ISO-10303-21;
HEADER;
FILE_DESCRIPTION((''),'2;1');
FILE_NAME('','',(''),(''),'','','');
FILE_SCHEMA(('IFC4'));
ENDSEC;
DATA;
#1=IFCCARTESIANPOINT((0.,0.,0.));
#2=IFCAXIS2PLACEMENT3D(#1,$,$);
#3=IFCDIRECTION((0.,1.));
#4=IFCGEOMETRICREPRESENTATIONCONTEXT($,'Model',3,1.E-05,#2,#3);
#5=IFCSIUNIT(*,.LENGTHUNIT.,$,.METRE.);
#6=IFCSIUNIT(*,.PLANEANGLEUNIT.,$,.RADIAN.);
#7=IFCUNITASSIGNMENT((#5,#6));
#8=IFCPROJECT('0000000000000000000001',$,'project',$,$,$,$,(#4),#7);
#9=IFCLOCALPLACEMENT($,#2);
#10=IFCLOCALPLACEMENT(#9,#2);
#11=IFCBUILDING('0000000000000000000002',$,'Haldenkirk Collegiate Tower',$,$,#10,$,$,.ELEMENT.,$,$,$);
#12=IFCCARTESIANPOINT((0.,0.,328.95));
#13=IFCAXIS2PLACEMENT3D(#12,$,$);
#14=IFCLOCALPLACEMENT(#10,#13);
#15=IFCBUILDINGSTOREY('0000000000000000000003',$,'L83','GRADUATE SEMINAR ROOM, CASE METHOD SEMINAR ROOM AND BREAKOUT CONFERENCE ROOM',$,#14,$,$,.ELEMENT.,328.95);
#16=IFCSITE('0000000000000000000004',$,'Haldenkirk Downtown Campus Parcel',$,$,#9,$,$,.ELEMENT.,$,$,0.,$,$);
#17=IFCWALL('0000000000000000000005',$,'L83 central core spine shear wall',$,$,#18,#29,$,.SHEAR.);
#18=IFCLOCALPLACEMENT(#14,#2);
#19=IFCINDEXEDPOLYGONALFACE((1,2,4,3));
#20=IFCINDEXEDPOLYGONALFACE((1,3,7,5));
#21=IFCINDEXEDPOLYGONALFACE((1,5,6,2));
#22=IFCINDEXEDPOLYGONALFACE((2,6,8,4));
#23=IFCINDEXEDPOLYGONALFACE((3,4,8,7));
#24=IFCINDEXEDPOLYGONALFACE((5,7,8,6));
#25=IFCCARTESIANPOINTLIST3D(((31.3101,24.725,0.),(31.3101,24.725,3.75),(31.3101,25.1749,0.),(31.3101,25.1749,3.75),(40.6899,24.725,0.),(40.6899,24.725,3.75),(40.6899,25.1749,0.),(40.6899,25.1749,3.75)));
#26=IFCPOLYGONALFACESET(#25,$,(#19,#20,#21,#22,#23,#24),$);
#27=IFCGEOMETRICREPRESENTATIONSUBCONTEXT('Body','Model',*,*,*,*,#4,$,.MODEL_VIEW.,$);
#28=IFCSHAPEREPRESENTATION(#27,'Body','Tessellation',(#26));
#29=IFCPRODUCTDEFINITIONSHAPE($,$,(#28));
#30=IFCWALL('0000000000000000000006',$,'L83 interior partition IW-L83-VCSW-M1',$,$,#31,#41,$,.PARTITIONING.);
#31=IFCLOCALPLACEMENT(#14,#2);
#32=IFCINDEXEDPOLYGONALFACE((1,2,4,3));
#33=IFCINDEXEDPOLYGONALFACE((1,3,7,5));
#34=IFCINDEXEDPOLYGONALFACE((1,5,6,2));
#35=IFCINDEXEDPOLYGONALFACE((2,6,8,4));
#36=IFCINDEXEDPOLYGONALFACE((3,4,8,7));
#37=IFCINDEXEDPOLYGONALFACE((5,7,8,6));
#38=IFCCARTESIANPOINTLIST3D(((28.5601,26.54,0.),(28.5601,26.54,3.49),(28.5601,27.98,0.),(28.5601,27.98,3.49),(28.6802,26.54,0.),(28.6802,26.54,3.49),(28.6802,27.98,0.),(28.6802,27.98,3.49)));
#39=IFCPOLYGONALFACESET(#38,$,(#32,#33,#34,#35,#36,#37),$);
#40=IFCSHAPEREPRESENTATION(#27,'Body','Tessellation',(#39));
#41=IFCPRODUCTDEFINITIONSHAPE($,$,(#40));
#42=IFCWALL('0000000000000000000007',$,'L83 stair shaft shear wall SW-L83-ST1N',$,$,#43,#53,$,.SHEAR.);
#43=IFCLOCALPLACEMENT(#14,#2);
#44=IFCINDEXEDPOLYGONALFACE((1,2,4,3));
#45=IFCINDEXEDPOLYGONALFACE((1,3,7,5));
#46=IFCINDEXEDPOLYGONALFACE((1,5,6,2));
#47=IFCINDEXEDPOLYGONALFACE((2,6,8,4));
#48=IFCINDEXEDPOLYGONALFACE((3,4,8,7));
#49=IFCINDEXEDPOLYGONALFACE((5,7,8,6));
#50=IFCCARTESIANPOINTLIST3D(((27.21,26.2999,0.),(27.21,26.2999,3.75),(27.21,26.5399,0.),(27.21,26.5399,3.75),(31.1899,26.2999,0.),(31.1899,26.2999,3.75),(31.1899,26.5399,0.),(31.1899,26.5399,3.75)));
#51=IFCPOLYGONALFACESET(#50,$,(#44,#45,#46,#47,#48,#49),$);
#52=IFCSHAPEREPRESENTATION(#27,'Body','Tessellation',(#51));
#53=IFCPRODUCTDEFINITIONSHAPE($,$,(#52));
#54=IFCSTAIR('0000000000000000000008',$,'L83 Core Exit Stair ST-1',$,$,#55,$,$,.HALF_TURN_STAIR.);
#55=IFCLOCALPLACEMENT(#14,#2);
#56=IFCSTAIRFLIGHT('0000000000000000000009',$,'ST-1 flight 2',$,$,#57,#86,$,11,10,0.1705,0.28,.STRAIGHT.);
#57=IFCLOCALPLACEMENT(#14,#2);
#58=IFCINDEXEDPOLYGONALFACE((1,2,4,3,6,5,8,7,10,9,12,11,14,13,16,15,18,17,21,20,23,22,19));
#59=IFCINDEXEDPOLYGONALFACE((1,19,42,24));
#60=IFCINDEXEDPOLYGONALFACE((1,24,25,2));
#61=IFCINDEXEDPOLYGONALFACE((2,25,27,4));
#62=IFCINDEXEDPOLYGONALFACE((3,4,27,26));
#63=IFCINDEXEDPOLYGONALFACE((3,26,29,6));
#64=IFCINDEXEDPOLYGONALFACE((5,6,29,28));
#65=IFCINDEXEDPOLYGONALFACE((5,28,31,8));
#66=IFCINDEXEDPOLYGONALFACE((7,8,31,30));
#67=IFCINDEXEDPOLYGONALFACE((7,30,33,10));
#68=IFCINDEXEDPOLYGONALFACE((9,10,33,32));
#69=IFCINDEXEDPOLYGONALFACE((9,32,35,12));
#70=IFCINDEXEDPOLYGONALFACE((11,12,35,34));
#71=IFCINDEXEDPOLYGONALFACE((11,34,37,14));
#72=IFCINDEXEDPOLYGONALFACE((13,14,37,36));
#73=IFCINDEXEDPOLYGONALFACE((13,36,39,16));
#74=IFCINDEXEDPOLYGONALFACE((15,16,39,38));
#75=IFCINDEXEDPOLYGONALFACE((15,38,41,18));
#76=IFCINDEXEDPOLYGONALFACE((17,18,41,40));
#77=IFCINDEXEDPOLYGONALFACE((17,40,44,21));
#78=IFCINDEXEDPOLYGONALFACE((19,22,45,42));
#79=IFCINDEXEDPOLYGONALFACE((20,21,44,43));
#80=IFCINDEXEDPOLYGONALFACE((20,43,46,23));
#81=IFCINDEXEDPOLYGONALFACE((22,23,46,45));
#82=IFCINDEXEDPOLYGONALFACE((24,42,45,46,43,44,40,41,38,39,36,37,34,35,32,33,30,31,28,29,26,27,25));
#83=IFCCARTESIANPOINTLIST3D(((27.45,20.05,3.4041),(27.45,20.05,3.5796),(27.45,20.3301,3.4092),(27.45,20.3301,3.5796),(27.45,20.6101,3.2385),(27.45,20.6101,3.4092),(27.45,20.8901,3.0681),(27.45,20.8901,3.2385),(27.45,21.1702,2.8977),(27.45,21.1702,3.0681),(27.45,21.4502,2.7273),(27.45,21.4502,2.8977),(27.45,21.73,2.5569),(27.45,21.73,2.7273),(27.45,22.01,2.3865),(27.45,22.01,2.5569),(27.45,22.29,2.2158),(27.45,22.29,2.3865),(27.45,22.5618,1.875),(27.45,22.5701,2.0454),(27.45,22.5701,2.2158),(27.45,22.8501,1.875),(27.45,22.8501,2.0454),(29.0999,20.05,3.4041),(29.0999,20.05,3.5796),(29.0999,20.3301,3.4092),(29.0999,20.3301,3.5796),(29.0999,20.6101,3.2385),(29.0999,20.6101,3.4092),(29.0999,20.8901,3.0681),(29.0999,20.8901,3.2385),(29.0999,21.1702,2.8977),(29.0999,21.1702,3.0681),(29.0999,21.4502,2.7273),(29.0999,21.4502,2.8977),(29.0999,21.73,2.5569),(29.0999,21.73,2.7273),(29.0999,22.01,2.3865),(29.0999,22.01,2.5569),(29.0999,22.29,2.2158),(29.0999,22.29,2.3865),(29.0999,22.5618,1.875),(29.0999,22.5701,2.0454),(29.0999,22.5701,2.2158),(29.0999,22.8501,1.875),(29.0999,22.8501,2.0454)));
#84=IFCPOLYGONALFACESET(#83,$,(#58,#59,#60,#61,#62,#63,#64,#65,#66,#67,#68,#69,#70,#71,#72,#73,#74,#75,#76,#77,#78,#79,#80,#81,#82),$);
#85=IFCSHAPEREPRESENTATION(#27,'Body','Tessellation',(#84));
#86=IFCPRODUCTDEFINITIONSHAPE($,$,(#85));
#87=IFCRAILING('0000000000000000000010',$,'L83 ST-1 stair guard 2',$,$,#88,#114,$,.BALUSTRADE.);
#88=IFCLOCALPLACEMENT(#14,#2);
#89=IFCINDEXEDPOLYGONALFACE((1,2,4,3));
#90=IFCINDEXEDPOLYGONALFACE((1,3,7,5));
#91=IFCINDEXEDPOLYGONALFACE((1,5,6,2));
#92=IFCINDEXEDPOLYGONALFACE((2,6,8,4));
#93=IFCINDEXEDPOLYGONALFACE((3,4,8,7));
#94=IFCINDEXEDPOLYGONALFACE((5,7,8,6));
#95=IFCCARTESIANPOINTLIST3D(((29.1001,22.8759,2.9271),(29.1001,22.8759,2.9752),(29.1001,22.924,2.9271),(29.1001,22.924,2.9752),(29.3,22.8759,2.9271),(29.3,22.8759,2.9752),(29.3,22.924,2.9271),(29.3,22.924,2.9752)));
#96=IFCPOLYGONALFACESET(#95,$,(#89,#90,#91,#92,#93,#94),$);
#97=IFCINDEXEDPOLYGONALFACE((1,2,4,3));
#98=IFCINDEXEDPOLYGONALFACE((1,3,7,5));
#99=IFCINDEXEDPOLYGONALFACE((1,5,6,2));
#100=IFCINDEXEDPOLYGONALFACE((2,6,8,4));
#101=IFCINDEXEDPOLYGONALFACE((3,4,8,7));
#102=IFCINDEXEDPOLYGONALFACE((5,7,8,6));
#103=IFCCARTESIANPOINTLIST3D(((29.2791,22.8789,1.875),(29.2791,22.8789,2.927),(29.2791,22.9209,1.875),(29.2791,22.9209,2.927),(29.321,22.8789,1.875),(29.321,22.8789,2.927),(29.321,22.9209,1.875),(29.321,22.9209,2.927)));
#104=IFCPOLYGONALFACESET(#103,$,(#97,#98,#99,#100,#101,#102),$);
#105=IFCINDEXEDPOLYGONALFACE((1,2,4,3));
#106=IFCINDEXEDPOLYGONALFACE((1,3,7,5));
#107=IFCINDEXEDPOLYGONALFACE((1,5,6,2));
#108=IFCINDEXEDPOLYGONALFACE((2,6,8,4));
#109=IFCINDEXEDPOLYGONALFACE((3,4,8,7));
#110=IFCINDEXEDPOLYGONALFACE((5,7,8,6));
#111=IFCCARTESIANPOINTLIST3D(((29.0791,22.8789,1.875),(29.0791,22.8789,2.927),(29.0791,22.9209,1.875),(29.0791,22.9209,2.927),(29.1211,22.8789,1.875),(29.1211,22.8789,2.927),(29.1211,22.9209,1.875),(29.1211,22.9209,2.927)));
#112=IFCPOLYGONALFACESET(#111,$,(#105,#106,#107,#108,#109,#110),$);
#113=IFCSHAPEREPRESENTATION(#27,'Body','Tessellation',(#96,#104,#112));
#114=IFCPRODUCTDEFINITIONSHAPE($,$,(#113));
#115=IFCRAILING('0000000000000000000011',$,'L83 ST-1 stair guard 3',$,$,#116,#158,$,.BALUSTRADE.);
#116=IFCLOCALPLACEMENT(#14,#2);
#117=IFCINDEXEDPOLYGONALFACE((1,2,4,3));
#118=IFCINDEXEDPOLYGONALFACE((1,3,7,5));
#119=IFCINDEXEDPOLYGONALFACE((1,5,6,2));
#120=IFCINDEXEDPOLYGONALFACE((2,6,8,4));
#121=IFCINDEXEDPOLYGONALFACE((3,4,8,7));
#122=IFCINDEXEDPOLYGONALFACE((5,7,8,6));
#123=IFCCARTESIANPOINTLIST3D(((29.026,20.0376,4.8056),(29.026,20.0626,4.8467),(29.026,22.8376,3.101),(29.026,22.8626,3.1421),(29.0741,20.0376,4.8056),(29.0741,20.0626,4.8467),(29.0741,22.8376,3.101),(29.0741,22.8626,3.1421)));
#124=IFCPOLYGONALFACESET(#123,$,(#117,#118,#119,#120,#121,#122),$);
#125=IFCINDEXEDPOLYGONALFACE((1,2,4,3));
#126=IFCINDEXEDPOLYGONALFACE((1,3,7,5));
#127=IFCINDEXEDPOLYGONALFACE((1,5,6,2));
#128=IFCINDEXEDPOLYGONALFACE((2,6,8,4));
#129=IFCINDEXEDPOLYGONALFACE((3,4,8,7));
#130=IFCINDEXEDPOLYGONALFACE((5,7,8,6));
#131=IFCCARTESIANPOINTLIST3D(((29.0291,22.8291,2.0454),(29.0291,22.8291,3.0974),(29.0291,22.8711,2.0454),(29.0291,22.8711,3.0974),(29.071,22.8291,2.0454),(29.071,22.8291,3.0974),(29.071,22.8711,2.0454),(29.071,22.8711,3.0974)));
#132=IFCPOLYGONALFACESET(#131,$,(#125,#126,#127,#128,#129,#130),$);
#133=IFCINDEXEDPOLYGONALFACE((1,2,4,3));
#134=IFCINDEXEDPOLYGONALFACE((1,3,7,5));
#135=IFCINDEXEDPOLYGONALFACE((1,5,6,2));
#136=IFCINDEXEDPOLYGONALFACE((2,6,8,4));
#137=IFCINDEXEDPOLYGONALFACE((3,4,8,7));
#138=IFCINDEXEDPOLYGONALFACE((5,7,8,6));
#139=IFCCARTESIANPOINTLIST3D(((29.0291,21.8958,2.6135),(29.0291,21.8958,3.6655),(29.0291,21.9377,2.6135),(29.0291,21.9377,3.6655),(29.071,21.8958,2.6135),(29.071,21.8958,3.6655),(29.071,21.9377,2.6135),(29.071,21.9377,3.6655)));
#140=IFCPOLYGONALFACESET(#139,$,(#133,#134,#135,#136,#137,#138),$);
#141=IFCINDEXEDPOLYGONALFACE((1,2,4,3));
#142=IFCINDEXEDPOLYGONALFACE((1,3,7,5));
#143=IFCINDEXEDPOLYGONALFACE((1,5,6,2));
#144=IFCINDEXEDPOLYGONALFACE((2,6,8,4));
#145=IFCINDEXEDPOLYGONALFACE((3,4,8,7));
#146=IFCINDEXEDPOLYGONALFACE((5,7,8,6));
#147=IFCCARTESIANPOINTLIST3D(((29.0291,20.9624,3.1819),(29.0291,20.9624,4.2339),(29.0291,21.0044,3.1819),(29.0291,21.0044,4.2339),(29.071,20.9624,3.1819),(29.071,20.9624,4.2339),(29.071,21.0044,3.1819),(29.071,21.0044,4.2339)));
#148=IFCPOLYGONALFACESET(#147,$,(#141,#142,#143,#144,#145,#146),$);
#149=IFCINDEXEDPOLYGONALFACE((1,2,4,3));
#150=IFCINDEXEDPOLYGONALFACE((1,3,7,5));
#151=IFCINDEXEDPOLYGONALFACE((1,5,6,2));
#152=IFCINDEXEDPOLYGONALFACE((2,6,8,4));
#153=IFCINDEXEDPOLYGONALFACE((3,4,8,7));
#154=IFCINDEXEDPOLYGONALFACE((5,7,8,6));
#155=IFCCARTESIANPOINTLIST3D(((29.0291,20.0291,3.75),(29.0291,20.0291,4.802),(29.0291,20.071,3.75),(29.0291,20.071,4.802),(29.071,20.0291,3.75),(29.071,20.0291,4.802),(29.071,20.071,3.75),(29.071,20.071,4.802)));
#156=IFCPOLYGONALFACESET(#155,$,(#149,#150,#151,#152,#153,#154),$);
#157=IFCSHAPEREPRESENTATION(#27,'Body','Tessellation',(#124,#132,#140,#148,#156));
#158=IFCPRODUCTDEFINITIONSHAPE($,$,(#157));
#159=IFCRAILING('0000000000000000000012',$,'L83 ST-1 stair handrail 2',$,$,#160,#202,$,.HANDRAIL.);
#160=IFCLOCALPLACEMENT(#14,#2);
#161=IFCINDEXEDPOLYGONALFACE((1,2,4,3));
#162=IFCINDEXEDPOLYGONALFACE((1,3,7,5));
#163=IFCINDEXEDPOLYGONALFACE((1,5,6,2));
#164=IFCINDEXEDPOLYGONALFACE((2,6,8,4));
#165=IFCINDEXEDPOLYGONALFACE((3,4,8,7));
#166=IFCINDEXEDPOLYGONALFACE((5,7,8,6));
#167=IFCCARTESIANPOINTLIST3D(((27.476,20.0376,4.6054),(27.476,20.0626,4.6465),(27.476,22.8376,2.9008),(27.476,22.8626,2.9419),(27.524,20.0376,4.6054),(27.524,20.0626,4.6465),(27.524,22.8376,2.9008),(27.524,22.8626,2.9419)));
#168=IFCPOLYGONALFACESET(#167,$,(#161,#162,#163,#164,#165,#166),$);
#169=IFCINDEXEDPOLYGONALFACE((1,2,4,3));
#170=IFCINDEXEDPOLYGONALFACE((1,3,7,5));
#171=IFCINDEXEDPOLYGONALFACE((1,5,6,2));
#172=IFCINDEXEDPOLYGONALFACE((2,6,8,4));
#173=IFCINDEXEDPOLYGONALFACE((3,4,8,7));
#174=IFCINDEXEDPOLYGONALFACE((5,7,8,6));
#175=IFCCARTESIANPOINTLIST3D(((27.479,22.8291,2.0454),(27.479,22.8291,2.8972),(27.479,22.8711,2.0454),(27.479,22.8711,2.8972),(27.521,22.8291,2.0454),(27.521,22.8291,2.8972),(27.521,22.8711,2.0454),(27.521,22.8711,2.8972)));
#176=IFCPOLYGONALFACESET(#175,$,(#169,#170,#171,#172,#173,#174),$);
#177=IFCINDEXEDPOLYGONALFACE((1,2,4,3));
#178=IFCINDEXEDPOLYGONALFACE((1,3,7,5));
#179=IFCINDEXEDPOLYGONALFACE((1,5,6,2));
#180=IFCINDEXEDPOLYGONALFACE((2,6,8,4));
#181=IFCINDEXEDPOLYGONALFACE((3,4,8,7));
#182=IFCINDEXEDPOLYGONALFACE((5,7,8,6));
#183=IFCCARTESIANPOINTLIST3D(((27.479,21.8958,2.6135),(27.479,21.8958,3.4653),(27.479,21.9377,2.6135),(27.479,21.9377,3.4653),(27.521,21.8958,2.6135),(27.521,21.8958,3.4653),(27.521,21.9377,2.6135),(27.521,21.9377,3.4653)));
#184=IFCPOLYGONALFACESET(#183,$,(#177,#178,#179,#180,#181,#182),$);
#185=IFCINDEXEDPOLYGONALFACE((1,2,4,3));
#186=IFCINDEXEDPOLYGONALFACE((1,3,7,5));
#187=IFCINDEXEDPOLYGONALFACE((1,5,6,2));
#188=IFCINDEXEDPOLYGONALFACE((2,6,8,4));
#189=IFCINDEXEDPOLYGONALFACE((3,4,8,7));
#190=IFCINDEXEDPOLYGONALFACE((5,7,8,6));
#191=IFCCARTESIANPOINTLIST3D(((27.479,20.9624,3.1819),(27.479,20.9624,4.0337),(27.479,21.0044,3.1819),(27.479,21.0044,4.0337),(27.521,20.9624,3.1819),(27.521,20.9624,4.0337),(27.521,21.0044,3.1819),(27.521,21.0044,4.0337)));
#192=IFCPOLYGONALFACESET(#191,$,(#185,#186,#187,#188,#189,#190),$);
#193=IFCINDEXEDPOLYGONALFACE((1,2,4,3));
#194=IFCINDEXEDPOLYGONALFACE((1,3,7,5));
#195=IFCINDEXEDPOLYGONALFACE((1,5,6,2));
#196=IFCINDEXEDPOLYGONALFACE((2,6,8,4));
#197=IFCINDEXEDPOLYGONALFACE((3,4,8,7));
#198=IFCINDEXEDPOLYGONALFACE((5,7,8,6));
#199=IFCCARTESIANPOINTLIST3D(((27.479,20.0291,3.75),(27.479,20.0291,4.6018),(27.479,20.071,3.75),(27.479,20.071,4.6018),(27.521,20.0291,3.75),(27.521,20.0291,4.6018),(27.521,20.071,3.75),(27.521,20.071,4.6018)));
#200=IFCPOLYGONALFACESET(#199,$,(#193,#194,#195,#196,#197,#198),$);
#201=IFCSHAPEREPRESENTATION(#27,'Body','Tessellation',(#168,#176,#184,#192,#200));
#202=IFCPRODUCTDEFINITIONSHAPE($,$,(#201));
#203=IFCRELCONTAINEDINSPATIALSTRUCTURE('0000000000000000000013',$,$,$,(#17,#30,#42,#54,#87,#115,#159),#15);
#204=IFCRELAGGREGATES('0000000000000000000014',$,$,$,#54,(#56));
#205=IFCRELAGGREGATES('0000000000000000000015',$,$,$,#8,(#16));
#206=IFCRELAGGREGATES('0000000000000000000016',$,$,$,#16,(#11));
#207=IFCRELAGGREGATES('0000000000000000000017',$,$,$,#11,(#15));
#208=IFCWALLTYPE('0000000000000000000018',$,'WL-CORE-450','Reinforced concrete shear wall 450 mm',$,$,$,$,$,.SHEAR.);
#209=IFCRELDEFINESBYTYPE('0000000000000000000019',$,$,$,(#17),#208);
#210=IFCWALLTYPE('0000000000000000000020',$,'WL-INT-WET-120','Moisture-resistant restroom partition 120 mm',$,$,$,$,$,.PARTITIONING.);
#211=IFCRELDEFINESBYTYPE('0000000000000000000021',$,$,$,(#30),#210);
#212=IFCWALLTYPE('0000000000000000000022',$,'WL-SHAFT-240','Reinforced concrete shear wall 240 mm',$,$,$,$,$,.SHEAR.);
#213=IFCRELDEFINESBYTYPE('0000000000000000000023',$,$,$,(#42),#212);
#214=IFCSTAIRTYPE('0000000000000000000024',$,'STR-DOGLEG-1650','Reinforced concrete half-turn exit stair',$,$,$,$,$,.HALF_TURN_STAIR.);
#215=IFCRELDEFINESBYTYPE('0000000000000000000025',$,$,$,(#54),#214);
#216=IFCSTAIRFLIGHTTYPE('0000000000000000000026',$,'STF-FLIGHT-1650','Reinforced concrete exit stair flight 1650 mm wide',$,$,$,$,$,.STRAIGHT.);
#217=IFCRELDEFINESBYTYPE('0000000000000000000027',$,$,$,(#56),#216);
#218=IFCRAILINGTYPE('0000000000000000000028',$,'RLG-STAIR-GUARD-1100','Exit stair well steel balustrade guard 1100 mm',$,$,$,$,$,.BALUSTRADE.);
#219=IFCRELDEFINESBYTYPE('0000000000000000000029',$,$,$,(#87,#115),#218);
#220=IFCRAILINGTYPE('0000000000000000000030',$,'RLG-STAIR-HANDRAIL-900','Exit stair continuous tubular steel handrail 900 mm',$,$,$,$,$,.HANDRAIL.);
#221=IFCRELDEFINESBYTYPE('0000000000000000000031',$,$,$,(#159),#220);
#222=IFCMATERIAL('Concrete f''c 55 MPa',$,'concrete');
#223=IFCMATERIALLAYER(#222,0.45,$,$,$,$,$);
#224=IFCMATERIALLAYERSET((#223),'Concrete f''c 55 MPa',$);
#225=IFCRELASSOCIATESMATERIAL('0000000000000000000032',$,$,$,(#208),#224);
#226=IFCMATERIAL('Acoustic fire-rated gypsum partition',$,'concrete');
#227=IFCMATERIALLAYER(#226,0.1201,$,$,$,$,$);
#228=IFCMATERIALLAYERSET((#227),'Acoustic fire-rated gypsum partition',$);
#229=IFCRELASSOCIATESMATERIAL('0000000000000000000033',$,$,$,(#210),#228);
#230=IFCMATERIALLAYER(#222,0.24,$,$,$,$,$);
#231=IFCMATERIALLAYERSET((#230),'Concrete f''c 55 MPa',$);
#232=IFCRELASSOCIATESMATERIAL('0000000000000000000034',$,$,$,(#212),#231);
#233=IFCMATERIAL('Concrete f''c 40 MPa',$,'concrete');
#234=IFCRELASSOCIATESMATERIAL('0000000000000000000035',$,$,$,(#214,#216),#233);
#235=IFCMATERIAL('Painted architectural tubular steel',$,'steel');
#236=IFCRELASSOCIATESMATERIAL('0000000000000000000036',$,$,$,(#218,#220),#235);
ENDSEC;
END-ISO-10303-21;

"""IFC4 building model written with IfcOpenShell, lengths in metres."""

from ifc_helpers import new_model, si_unit, direction, frame, frame_2d, origin, origin_2d, place, context, subcontext, project, spatial, polyline, rectangle, outline, extrude, material, layer, layer_set, type_object, element, aggregate, save


model = new_model("IFC4")

# Units and contexts
model_context = context("Model", 3, precision=1e-05, world=origin(), true_north=direction((0.0, 1.0)))
body_context = subcontext(model_context, "Body", "Model", "MODEL_VIEW")
ifc_project = project(units=[si_unit("LENGTHUNIT", "METRE"), si_unit("PLANEANGLEUNIT", "RADIAN")], contexts=[model_context])

# Site, building, storey
site_placement = place(None, origin())
site = spatial("IfcSite", under=ifc_project, at=site_placement, Name="Haldenkirk Downtown Campus Parcel", CompositionType="ELEMENT", RefElevation=0.0)
building_placement = place(site_placement, origin())
building = spatial("IfcBuilding", under=site, at=building_placement, Name="Haldenkirk Collegiate Tower", CompositionType="ELEMENT")
storey_placement = place(building_placement, frame((0.0, 0.0, 328.95)))
storey = spatial("IfcBuildingStorey", under=building, at=storey_placement, Name="L83", Description="GRADUATE SEMINAR ROOM, CASE METHOD SEMINAR ROOM AND BREAKOUT CONFERENCE ROOM", CompositionType="ELEMENT", Elevation=328.95)

# Wall
ifc_material_1 = material(Name="Concrete f'c 55 MPa", Category="concrete")
ifc_layer_1 = layer(ifc_material_1, 0.45)
ifc_layer_set_1 = layer_set([ifc_layer_1], Name="Concrete f'c 55 MPa")
wall_type_1 = type_object("IfcWallType", Name="WL-CORE-450", Description="Reinforced concrete shear wall 450 mm", PredefinedType="SHEAR", material=ifc_layer_set_1)
wall_1_placement = place(storey_placement, frame((31.3101, 24.95, 0.0), z_axis=(0.0, 0.0, 1.0), x_axis=(1.0, 0.0, 0.0)))
element("IfcWall", 1, at=wall_1_placement, inside=storey, type_object=wall_type_1, Name="L83 central core spine shear wall", PredefinedType="SHEAR", context=body_context, shape_type="SweptSolid", body=[
    extrude(rectangle(XDim=9.3799, YDim=0.45, at=frame_2d((4.6899, 0.0))), origin(), (0.0, 0.0, 1.0), 3.75),
])

# Walls
ifc_material_2 = material(Name="Acoustic fire-rated gypsum partition", Category="concrete")
ifc_layer_2 = layer(ifc_material_2, 0.1201)
ifc_layer_set_2 = layer_set([ifc_layer_2], Name="Acoustic fire-rated gypsum partition")
wall_type_2 = type_object("IfcWallType", Name="WL-INT-WET-120", Description="Moisture-resistant restroom partition 120 mm", PredefinedType="PARTITIONING", material=ifc_layer_set_2)
wall_2_placement = place(storey_placement, frame((28.6201, 26.54, 0.0), z_axis=(0.0, 0.0, 1.0), x_axis=(0.0, 1.0, 0.0)))
element("IfcWall", 2, at=wall_2_placement, inside=storey, type_object=wall_type_2, Name="L83 interior partition IW-L83-VCSW-M1", PredefinedType="PARTITIONING", context=body_context, shape_type="SweptSolid", body=[
    extrude(rectangle(XDim=1.4399, YDim=0.1201, at=frame_2d((0.72, 0.0))), origin(), (0.0, 0.0, 1.0), 3.49),
])
ifc_layer_3 = layer(ifc_material_1, 0.24)
ifc_layer_set_3 = layer_set([ifc_layer_3], Name="Concrete f'c 55 MPa")
wall_type_3 = type_object("IfcWallType", Name="WL-SHAFT-240", Description="Reinforced concrete shear wall 240 mm", PredefinedType="SHEAR", material=ifc_layer_set_3)
wall_3_placement = place(storey_placement, frame((27.21, 26.4199, 0.0), z_axis=(0.0, 0.0, 1.0), x_axis=(1.0, 0.0, 0.0)))
element("IfcWall", 3, at=wall_3_placement, inside=storey, type_object=wall_type_3, Name="L83 stair shaft shear wall SW-L83-ST1N", PredefinedType="SHEAR", context=body_context, shape_type="SweptSolid", body=[
    extrude(rectangle(XDim=3.98, YDim=0.24, at=frame_2d((1.99, 0.0))), origin(), (0.0, 0.0, 1.0), 3.75),
])

# Stair, stair flight
ifc_material_3 = material(Name="Concrete f'c 40 MPa", Category="concrete")
stair_type = type_object("IfcStairType", Name="STR-DOGLEG-1650", Description="Reinforced concrete half-turn exit stair", PredefinedType="HALF_TURN_STAIR", material=ifc_material_3)
stair_placement = place(storey_placement, origin())
stair = element("IfcStair", 4, at=stair_placement, inside=storey, type_object=stair_type, Name="L83 Core Exit Stair ST-1", PredefinedType="HALF_TURN_STAIR")
stair_flight_type = type_object("IfcStairFlightType", Name="STF-FLIGHT-1650", Description="Reinforced concrete exit stair flight 1650 mm wide", PredefinedType="STRAIGHT", material=ifc_material_3)
stair_flight_placement = place(storey_placement, frame((28.2749, 22.8501, 1.875), z_axis=(0.0, 0.0, 1.0), x_axis=(0.0, -1.0, 0.0)))
stair_flight = element("IfcStairFlight", 5, at=stair_flight_placement, type_object=stair_flight_type, Name="ST-1 flight 2", NumberOfRisers=11, NumberOfTreads=10, PredefinedType="STRAIGHT", RiserHeight=0.1705, TreadLength=0.28, context=body_context, shape_type="SweptSolid", body=[
    extrude(outline(polyline([(0.0, 0.0), (0.0, 0.1704), (0.28, 0.1704), (0.28, 0.3408), (0.5601, 0.3408), (0.5601, 0.5115), (0.8401, 0.5115), (0.8401, 0.6819), (1.1201, 0.6819), (1.1201, 0.8523), (1.3999, 0.8523), (1.3999, 1.0227), (1.6799, 1.0227), (1.6799, 1.1931), (1.96, 1.1931), (1.96, 1.3635), (2.24, 1.3635), (2.24, 1.5342), (2.52, 1.5342), (2.52, 1.7046), (2.8, 1.7046), (2.8, 1.875), (2.8, 1.5291), (0.2883, 0.0), (0.0, 0.0)])), frame((0.0, 0.825, 0.0), z_axis=(0.0, -1.0, 0.0), x_axis=(1.0, 0.0, 0.0)), (0.0, 0.0, 1.0), 1.6499),
])
aggregate(stair, [stair_flight])

# Railings
ifc_material_4 = material(Name="Painted architectural tubular steel", Category="steel")
railing_type_1 = type_object("IfcRailingType", Name="RLG-STAIR-GUARD-1100", Description="Exit stair well steel balustrade guard 1100 mm", PredefinedType="BALUSTRADE", material=ifc_material_4)
railing_1_placement = place(storey_placement, frame((29.3, 22.8999, 1.875)))
element("IfcRailing", 6, at=railing_1_placement, inside=storey, type_object=railing_type_1, Name="L83 ST-1 stair guard 2", PredefinedType="BALUSTRADE", context=body_context, shape_type="SweptSolid", body=[
    extrude(rectangle(XDim=0.0481, YDim=0.0481, at=origin_2d()), frame((0.0, 0.0, 1.0762), z_axis=(-1.0, 0.0, 0.0), x_axis=(0.0, -1.0, 0.0)), (0.0, 0.0, 1.0), 0.2),
    extrude(rectangle(XDim=0.042, YDim=0.042, at=origin_2d()), origin(), (0.0, 0.0, 1.0), 1.052),
    extrude(rectangle(XDim=0.042, YDim=0.042, at=origin_2d()), frame((-0.2, 0.0, 0.0)), (0.0, 0.0, 1.0), 1.052),
])
railing_2_placement = place(storey_placement, frame((29.05, 22.8501, 2.0454)))
element("IfcRailing", 7, at=railing_2_placement, inside=storey, type_object=railing_type_1, Name="L83 ST-1 stair guard 3", PredefinedType="BALUSTRADE", context=body_context, shape_type="SweptSolid", body=[
    extrude(rectangle(XDim=0.0481, YDim=0.0481, at=origin_2d()), frame((0.0, 0.0, 1.0762), z_axis=(0.0, -0.85417, 0.519994), x_axis=(1.0, 0.0, 0.0)), (0.0, 0.0, 1.0), 3.2781),
    extrude(rectangle(XDim=0.042, YDim=0.042, at=origin_2d()), origin(), (0.0, 0.0, 1.0), 1.052),
    extrude(rectangle(XDim=0.042, YDim=0.042, at=origin_2d()), frame((0.0, -0.9333, 0.5681)), (0.0, 0.0, 1.0), 1.052),
    extrude(rectangle(XDim=0.042, YDim=0.042, at=origin_2d()), frame((0.0, -1.8667, 1.1365)), (0.0, 0.0, 1.0), 1.052),
    extrude(rectangle(XDim=0.042, YDim=0.042, at=origin_2d()), frame((0.0, -2.8, 1.7046)), (0.0, 0.0, 1.0), 1.052),
])
railing_type_2 = type_object("IfcRailingType", Name="RLG-STAIR-HANDRAIL-900", Description="Exit stair continuous tubular steel handrail 900 mm", PredefinedType="HANDRAIL", material=ifc_material_4)
railing_3_placement = place(storey_placement, frame((27.5, 22.8501, 2.0454)))
element("IfcRailing", 8, at=railing_3_placement, inside=storey, type_object=railing_type_2, Name="L83 ST-1 stair handrail 2", PredefinedType="HANDRAIL", context=body_context, shape_type="SweptSolid", body=[
    extrude(rectangle(XDim=0.0481, YDim=0.0481, at=origin_2d()), frame((0.0, 0.0, 0.876), z_axis=(0.0, -0.85417, 0.519994), x_axis=(1.0, 0.0, 0.0)), (0.0, 0.0, 1.0), 3.2781),
    extrude(rectangle(XDim=0.042, YDim=0.042, at=origin_2d()), origin(), (0.0, 0.0, 1.0), 0.8518),
    extrude(rectangle(XDim=0.042, YDim=0.042, at=origin_2d()), frame((0.0, -0.9333, 0.5681)), (0.0, 0.0, 1.0), 0.8518),
    extrude(rectangle(XDim=0.042, YDim=0.042, at=origin_2d()), frame((0.0, -1.8667, 1.1365)), (0.0, 0.0, 1.0), 0.8518),
    extrude(rectangle(XDim=0.042, YDim=0.042, at=origin_2d()), frame((0.0, -2.8, 1.7046)), (0.0, 0.0, 1.0), 0.8518),
])

save(model, "model.ifc")
